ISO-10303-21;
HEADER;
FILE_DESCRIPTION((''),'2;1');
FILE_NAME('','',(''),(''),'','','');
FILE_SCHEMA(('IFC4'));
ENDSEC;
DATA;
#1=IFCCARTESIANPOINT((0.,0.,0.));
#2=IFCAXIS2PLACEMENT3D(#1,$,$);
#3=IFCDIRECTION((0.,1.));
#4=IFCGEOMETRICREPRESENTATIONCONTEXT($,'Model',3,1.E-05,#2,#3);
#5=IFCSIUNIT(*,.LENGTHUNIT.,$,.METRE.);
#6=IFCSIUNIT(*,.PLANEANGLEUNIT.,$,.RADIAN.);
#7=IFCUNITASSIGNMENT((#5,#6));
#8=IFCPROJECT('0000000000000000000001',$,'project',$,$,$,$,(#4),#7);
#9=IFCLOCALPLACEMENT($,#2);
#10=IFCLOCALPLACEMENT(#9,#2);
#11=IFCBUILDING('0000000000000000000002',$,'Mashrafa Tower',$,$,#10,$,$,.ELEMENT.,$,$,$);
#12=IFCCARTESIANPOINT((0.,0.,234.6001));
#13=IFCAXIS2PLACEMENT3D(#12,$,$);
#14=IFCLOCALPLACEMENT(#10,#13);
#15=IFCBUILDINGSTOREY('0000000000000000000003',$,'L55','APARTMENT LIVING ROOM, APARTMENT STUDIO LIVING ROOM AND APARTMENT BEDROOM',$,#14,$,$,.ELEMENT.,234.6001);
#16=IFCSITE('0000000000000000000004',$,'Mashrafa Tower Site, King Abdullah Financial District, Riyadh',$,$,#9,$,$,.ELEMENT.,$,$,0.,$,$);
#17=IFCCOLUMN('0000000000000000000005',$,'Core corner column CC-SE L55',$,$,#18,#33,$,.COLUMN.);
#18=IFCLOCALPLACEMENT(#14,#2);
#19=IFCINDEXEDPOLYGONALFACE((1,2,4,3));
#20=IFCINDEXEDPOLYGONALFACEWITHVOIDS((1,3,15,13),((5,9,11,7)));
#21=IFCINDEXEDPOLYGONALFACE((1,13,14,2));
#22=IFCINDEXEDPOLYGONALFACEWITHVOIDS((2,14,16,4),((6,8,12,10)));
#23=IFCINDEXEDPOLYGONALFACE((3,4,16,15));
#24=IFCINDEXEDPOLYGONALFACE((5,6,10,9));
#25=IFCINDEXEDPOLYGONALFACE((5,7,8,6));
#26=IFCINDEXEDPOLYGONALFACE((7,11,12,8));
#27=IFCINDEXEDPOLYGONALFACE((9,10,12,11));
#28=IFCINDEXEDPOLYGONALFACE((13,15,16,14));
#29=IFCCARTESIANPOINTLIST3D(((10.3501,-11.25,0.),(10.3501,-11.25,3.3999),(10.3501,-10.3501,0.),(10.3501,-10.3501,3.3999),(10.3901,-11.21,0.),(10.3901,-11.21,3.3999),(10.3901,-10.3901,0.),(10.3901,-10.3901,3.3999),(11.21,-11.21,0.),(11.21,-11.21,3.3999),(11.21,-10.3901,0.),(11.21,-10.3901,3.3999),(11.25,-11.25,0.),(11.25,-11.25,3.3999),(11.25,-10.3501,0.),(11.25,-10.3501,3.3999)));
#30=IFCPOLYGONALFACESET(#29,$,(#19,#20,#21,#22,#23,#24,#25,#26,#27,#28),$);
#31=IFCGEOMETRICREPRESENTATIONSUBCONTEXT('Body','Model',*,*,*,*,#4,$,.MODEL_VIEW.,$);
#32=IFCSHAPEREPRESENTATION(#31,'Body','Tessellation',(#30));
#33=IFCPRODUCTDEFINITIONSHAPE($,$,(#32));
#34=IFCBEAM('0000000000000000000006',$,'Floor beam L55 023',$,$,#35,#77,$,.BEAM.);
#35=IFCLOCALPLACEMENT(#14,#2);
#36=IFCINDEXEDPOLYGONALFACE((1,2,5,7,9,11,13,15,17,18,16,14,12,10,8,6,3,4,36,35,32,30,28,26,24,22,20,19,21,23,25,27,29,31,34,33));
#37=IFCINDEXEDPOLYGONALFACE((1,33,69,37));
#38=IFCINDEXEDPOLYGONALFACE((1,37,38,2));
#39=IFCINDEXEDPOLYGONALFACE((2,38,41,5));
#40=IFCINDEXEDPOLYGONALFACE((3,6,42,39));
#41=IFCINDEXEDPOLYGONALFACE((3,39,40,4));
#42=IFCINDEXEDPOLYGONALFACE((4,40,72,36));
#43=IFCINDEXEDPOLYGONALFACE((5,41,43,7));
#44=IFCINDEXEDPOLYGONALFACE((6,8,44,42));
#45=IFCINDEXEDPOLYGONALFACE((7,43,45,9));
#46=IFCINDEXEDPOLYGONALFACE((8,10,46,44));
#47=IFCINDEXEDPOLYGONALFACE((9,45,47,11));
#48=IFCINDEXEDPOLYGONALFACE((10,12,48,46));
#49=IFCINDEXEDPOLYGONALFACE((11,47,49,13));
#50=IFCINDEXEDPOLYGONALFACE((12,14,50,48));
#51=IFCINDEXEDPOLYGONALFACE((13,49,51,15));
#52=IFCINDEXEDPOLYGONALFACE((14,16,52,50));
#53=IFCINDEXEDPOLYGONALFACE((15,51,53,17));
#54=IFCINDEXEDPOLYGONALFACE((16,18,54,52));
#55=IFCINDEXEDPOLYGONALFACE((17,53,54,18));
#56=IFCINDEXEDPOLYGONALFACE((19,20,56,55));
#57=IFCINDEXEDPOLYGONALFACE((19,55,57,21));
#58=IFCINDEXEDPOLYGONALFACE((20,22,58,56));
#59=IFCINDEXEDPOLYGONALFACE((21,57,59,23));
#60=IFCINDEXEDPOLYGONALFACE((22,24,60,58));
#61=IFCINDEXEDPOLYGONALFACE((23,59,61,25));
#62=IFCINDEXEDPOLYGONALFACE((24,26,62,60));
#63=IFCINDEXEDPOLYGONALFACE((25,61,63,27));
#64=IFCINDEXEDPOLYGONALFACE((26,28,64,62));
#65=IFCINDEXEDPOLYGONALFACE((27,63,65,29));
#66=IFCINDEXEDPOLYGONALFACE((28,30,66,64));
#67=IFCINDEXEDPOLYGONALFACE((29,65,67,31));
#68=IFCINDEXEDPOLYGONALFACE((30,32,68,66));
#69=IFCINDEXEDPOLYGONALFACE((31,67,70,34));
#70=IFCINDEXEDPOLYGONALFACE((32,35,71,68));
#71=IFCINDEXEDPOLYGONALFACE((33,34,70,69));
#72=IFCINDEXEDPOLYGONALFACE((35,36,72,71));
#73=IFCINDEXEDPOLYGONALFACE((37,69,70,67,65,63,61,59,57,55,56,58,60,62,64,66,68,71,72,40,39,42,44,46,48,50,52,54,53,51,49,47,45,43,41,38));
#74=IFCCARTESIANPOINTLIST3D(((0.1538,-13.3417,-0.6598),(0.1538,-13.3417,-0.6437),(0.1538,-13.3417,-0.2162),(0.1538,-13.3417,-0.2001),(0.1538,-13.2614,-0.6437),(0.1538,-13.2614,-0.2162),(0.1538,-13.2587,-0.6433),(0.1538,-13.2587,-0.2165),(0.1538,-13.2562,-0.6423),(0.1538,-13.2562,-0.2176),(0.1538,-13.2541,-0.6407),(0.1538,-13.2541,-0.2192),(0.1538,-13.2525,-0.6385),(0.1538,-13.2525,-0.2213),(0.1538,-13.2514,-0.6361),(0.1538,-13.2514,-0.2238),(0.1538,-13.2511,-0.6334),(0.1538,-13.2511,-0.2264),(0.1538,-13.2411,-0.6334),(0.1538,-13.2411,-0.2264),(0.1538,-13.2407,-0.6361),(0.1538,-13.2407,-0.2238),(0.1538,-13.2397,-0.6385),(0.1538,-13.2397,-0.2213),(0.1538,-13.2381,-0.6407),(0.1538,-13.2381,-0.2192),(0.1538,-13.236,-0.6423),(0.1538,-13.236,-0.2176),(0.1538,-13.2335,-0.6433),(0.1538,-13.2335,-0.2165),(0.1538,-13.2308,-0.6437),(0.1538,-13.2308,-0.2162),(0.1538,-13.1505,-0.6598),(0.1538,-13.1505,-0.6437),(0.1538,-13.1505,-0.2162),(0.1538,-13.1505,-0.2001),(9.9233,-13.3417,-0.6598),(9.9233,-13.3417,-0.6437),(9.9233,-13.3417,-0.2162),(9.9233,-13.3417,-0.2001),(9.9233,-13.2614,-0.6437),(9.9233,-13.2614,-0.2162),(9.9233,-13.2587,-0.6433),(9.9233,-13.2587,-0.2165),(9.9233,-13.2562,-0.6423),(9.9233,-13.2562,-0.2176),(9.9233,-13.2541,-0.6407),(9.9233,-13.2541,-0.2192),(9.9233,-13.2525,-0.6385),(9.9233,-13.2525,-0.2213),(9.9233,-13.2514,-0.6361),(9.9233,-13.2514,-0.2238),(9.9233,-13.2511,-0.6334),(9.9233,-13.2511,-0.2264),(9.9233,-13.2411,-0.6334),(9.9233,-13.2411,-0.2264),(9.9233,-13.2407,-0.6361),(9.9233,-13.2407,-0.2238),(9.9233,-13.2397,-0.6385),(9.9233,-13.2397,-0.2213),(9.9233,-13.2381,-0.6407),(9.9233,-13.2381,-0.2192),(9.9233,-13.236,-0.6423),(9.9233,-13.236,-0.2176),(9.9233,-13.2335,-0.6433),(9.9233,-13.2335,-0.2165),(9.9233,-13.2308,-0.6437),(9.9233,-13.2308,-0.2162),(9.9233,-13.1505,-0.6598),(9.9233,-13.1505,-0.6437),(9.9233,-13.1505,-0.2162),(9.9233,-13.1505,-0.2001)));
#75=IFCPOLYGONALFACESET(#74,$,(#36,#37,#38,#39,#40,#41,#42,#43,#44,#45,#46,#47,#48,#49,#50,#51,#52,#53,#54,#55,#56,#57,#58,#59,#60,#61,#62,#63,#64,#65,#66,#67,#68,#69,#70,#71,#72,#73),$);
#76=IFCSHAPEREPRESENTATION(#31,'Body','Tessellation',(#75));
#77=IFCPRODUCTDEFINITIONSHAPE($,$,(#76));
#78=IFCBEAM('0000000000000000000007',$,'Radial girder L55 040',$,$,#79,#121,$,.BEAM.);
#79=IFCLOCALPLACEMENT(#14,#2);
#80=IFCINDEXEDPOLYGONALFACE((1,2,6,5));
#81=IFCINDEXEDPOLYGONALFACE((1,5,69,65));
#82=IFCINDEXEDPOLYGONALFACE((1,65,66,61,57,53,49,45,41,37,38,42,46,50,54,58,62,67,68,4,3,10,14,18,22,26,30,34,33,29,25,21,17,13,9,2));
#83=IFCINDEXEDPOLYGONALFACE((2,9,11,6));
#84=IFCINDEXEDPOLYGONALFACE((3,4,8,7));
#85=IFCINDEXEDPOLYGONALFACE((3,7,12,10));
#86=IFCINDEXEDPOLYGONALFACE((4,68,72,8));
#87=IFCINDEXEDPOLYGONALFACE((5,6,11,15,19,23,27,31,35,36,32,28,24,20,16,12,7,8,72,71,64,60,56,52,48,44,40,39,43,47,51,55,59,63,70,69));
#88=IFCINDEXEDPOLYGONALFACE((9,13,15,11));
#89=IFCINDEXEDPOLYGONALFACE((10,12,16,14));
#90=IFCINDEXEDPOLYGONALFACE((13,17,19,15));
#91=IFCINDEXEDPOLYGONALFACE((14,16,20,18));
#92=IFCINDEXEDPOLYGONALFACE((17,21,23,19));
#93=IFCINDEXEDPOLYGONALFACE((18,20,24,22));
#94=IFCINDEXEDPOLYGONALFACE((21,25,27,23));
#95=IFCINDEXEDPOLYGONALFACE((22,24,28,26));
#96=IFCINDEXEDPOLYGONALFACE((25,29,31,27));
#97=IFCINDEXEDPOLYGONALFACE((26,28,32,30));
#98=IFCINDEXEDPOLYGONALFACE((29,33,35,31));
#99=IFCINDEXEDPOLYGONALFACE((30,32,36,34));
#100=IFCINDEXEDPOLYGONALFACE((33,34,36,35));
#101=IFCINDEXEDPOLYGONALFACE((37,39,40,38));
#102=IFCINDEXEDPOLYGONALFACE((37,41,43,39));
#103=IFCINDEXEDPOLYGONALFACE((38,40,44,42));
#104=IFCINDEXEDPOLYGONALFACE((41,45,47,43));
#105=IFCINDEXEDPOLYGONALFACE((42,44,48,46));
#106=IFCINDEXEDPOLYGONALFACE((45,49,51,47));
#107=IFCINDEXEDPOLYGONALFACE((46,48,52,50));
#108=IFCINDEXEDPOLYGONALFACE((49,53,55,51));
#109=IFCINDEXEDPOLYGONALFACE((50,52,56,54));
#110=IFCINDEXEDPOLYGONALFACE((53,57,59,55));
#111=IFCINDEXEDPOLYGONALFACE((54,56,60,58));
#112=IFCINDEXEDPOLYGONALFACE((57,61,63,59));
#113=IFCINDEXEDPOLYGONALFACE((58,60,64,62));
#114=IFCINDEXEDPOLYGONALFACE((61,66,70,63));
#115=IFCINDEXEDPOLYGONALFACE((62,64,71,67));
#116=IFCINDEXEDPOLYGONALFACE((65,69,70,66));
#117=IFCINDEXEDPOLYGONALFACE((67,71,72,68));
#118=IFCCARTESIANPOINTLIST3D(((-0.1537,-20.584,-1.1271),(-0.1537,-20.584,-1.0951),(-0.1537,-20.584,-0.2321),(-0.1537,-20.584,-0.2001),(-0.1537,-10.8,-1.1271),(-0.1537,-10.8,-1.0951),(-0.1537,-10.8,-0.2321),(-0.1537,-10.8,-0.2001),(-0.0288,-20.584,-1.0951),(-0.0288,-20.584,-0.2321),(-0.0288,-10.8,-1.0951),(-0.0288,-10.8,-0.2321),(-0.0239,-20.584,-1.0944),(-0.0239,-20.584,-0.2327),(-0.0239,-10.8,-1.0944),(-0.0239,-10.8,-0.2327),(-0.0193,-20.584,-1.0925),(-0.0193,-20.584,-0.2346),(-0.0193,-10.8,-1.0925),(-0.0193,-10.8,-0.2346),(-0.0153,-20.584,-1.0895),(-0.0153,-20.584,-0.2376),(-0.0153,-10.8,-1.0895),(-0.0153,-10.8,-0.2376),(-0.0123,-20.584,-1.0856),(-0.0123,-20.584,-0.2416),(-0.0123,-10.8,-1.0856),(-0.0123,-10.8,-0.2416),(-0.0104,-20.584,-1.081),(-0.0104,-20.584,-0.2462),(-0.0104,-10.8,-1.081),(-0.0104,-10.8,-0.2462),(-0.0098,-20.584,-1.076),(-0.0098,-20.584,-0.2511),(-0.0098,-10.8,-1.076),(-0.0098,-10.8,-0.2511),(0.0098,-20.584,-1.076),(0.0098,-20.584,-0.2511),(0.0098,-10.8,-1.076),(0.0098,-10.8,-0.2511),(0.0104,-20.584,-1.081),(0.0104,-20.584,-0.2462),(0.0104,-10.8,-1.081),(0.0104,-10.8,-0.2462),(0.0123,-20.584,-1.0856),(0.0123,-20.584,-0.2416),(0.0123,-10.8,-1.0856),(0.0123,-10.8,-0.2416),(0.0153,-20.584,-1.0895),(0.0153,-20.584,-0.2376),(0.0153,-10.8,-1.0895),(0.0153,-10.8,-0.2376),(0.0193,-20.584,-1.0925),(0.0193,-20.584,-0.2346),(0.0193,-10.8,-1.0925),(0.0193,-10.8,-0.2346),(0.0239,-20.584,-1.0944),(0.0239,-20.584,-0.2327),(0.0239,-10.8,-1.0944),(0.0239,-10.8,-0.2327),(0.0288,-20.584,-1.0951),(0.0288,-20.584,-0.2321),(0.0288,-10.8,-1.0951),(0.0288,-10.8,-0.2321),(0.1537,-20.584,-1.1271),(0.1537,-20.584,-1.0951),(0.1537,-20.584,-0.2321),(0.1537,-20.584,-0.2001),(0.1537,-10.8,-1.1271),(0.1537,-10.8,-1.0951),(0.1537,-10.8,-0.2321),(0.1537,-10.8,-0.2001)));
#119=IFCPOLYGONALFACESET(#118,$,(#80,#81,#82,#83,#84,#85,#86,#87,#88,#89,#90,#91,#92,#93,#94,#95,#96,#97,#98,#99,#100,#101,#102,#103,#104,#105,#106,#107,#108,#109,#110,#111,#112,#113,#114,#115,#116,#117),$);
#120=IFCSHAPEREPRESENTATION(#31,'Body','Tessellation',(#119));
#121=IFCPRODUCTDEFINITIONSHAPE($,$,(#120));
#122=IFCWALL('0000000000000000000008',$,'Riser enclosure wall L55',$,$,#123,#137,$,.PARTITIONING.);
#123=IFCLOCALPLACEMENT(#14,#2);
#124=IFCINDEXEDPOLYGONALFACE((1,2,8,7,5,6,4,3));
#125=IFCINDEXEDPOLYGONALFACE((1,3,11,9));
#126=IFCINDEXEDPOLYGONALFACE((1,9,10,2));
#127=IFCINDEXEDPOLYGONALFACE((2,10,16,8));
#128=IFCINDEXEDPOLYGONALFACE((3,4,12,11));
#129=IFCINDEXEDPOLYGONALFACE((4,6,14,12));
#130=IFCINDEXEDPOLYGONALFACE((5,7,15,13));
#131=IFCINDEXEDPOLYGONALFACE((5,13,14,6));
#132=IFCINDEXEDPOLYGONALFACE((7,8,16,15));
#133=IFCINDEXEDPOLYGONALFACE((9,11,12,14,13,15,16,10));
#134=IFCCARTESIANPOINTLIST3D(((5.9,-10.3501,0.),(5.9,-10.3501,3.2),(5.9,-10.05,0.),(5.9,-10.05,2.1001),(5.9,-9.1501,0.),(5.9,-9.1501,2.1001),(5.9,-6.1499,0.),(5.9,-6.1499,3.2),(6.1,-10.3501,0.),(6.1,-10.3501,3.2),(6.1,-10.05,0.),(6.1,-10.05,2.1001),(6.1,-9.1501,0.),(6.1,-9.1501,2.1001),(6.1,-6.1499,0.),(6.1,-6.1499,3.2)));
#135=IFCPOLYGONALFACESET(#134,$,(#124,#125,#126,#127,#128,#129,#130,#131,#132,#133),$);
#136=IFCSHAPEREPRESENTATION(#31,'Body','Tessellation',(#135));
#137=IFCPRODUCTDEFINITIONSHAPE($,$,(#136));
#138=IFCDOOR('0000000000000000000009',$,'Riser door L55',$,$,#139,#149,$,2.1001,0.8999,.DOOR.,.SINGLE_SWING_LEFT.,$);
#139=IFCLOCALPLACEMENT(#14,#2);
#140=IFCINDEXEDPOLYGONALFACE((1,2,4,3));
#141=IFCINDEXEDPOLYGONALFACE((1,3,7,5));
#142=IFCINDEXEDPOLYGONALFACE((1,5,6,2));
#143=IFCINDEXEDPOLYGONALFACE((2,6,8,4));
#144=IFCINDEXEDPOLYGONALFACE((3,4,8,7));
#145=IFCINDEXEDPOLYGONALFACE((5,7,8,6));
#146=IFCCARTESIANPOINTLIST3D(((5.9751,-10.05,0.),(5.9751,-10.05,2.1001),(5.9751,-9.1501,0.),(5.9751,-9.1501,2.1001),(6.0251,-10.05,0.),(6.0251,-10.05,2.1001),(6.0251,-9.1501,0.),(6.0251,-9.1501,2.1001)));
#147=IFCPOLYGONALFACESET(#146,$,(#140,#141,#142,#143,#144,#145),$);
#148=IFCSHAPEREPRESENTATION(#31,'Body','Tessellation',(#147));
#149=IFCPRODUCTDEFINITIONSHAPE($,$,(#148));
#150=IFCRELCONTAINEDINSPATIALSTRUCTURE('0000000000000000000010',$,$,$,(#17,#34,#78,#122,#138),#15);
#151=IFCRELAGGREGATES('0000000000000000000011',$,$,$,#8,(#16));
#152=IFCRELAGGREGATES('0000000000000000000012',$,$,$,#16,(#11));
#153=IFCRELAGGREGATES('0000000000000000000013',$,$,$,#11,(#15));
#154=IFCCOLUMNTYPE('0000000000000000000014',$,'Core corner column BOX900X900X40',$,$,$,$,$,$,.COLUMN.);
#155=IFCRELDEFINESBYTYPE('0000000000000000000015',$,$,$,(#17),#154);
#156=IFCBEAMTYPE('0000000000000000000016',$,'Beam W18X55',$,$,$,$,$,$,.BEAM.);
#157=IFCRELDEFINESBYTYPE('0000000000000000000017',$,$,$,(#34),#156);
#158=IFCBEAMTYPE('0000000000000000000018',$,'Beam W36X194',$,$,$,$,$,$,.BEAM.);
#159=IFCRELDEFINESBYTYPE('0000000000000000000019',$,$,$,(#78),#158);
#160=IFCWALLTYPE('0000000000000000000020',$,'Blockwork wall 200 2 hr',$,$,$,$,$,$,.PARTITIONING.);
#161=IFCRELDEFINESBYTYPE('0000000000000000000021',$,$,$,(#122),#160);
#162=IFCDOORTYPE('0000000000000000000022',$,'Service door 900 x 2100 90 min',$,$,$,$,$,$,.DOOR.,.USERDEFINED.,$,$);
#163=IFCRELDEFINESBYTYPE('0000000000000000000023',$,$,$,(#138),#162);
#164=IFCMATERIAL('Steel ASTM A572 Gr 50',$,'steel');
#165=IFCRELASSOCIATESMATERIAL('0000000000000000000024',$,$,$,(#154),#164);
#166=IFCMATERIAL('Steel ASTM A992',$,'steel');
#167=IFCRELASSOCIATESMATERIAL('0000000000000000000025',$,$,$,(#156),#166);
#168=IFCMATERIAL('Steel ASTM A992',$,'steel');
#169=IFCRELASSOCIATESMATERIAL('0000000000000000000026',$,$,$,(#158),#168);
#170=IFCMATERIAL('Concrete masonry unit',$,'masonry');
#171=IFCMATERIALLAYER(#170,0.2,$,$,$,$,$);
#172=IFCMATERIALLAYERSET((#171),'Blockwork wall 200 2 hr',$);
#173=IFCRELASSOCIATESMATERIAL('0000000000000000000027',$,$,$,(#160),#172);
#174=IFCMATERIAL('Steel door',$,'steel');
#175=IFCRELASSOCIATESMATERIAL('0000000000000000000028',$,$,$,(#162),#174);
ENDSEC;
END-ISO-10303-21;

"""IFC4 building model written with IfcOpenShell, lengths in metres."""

from ifc_helpers import new_model, si_unit, direction, frame, frame_2d, origin, origin_2d, place, context, subcontext, project, spatial, rectangle, hollow_rectangle, i_section, extrude, material, layer, layer_set, material_profile, profile_set, type_object, element, fill, save


model = new_model("IFC4")

# Units and contexts
model_context = context("Model", 3, precision=1e-05, world=origin(), true_north=direction((0.0, 1.0)))
body_context = subcontext(model_context, "Body", "Model", "MODEL_VIEW")
ifc_project = project(units=[si_unit("LENGTHUNIT", "METRE"), si_unit("PLANEANGLEUNIT", "RADIAN")], contexts=[model_context])

# Site, building, storey
site_placement = place(None, origin())
site = spatial("IfcSite", under=ifc_project, at=site_placement, Name="Mashrafa Tower Site, King Abdullah Financial District, Riyadh", CompositionType="ELEMENT", RefElevation=0.0)
building_placement = place(site_placement, origin())
building = spatial("IfcBuilding", under=site, at=building_placement, Name="Mashrafa Tower", CompositionType="ELEMENT")
storey_placement = place(building_placement, frame((0.0, 0.0, 234.6001)))
storey = spatial("IfcBuildingStorey", under=building, at=storey_placement, Name="L55", Description="APARTMENT LIVING ROOM, APARTMENT STUDIO LIVING ROOM AND APARTMENT BEDROOM", CompositionType="ELEMENT", Elevation=234.6001)

# Column
ifc_material_1 = material(Name="Steel ASTM A572 Gr 50", Category="steel")
ifc_material_profile_1 = material_profile(ifc_material_1, hollow_rectangle(XDim=0.8999, YDim=0.8999, WallThickness=0.04, at=origin_2d()), Name="BOX900X900X40")
ifc_profile_set_1 = profile_set([ifc_material_profile_1], Name="Steel ASTM A572 Gr 50")
column_type = type_object("IfcColumnType", Name="Core corner column BOX900X900X40", PredefinedType="COLUMN", material=ifc_profile_set_1)
column_placement = place(storey_placement, frame((10.8, -10.8, 0.0), z_axis=(0.0, 0.0, 1.0), x_axis=(1.0, 0.0, 0.0)))
element("IfcColumn", 1, at=column_placement, inside=storey, type_object=column_type, Name="Core corner column CC-SE L55", PredefinedType="COLUMN", context=body_context, shape_type="SweptSolid", body=[
    extrude(hollow_rectangle(XDim=0.8999, YDim=0.8999, WallThickness=0.04, at=origin_2d()), origin(), (0.0, 0.0, 1.0), 3.3999),
])

# Beams
ifc_material_2 = material(Name="Steel ASTM A992", Category="steel")
ifc_material_profile_2 = material_profile(ifc_material_2, i_section(OverallWidth=0.1912, OverallDepth=0.4597, WebThickness=0.01, FlangeThickness=0.0161, FilletRadius=0.0103, at=origin_2d()), Name="W18X55")
ifc_profile_set_2 = profile_set([ifc_material_profile_2], Name="Steel ASTM A992")
beam_type_1 = type_object("IfcBeamType", Name="Beam W18X55", PredefinedType="BEAM", material=ifc_profile_set_2)
beam_1_placement = place(storey_placement, frame((9.9233, -13.2461, -0.4299), z_axis=(-1.0, 0.0, 0.0), x_axis=(0.0, -1.0, 0.0)))
element("IfcBeam", 2, at=beam_1_placement, inside=storey, type_object=beam_type_1, Name="Floor beam L55 023", PredefinedType="BEAM", context=body_context, shape_type="SweptSolid", body=[
    extrude(i_section(OverallWidth=0.1912, OverallDepth=0.4597, WebThickness=0.01, FlangeThickness=0.0161, FilletRadius=0.0103, at=origin_2d()), origin(), (0.0, 0.0, 1.0), 9.7695),
])
ifc_material_3 = material(Name="Steel ASTM A992", Category="steel")
ifc_material_profile_3 = material_profile(ifc_material_3, i_section(OverallWidth=0.3074, OverallDepth=0.927, WebThickness=0.0195, FlangeThickness=0.032, FilletRadius=0.019, at=origin_2d()), Name="W36X194")
ifc_profile_set_3 = profile_set([ifc_material_profile_3], Name="Steel ASTM A992")
beam_type_2 = type_object("IfcBeamType", Name="Beam W36X194", PredefinedType="BEAM", material=ifc_profile_set_3)
beam_2_placement = place(storey_placement, frame((0.0, -10.8, -0.6636), z_axis=(0.0, -1.0, 0.0), x_axis=(1.0, 0.0, 0.0)))
element("IfcBeam", 3, at=beam_2_placement, inside=storey, type_object=beam_type_2, Name="Radial girder L55 040", PredefinedType="BEAM", context=body_context, shape_type="SweptSolid", body=[
    extrude(i_section(OverallWidth=0.3074, OverallDepth=0.927, WebThickness=0.0195, FlangeThickness=0.032, FilletRadius=0.019, at=origin_2d()), origin(), (0.0, 0.0, 1.0), 9.7839),
])

# Wall, opening, door
ifc_material_4 = material(Name="Concrete masonry unit", Category="masonry")
ifc_layer_1 = layer(ifc_material_4, 0.2)
ifc_layer_set_1 = layer_set([ifc_layer_1], Name="Blockwork wall 200 2 hr")
wall_type_1 = type_object("IfcWallType", Name="Blockwork wall 200 2 hr", PredefinedType="PARTITIONING", material=ifc_layer_set_1)
wall_1_placement = place(storey_placement, frame((6.0, -10.3501, 0.0), z_axis=(0.0, 0.0, 1.0), x_axis=(0.0, 1.0, 0.0)))
wall_1 = element("IfcWall", 4, at=wall_1_placement, inside=storey, type_object=wall_type_1, Name="Riser enclosure wall L55", PredefinedType="PARTITIONING", context=body_context, shape_type="SweptSolid", body=[
    extrude(rectangle(XDim=4.2002, YDim=0.2, at=frame_2d((2.1001, 0.0))), origin(), (0.0, 0.0, 1.0), 3.2),
])
opening_1_placement = place(wall_1_placement, frame((0.3, 0.0, 0.0)))
opening_1 = element("IfcOpeningElement", 5, at=opening_1_placement, cuts=wall_1, PredefinedType="OPENING", context=body_context, shape_type="SweptSolid", body=[
    extrude(rectangle(XDim=0.8999, YDim=2.1001, at=frame_2d((0.45, 1.05))), frame((0.0, 0.1099, 0.0), z_axis=(0.0, -1.0, 0.0), x_axis=(1.0, 0.0, 0.0)), (0.0, 0.0, 1.0), 0.22),
])
ifc_material_5 = material(Name="Steel door", Category="steel")
door_type_1 = type_object("IfcDoorType", Name="Service door 900 x 2100 90 min", OperationType="USERDEFINED", PredefinedType="DOOR", material=ifc_material_5)
door_1_placement = place(opening_1_placement, origin())
door_1 = element("IfcDoor", 6, at=door_1_placement, inside=storey, type_object=door_type_1, Name="Riser door L55", OperationType="SINGLE_SWING_LEFT", OverallHeight=2.1001, OverallWidth=0.8999, PredefinedType="DOOR", context=body_context, shape_type="SweptSolid", body=[
    extrude(rectangle(XDim=0.8999, YDim=2.1001, at=frame_2d((0.45, 1.05))), frame((0.0, 0.0249, 0.0), z_axis=(0.0, -1.0, 0.0), x_axis=(1.0, 0.0, 0.0)), (0.0, 0.0, 1.0), 0.05),
])
fill(opening_1, door_1)

save(model, "model.ifc")
